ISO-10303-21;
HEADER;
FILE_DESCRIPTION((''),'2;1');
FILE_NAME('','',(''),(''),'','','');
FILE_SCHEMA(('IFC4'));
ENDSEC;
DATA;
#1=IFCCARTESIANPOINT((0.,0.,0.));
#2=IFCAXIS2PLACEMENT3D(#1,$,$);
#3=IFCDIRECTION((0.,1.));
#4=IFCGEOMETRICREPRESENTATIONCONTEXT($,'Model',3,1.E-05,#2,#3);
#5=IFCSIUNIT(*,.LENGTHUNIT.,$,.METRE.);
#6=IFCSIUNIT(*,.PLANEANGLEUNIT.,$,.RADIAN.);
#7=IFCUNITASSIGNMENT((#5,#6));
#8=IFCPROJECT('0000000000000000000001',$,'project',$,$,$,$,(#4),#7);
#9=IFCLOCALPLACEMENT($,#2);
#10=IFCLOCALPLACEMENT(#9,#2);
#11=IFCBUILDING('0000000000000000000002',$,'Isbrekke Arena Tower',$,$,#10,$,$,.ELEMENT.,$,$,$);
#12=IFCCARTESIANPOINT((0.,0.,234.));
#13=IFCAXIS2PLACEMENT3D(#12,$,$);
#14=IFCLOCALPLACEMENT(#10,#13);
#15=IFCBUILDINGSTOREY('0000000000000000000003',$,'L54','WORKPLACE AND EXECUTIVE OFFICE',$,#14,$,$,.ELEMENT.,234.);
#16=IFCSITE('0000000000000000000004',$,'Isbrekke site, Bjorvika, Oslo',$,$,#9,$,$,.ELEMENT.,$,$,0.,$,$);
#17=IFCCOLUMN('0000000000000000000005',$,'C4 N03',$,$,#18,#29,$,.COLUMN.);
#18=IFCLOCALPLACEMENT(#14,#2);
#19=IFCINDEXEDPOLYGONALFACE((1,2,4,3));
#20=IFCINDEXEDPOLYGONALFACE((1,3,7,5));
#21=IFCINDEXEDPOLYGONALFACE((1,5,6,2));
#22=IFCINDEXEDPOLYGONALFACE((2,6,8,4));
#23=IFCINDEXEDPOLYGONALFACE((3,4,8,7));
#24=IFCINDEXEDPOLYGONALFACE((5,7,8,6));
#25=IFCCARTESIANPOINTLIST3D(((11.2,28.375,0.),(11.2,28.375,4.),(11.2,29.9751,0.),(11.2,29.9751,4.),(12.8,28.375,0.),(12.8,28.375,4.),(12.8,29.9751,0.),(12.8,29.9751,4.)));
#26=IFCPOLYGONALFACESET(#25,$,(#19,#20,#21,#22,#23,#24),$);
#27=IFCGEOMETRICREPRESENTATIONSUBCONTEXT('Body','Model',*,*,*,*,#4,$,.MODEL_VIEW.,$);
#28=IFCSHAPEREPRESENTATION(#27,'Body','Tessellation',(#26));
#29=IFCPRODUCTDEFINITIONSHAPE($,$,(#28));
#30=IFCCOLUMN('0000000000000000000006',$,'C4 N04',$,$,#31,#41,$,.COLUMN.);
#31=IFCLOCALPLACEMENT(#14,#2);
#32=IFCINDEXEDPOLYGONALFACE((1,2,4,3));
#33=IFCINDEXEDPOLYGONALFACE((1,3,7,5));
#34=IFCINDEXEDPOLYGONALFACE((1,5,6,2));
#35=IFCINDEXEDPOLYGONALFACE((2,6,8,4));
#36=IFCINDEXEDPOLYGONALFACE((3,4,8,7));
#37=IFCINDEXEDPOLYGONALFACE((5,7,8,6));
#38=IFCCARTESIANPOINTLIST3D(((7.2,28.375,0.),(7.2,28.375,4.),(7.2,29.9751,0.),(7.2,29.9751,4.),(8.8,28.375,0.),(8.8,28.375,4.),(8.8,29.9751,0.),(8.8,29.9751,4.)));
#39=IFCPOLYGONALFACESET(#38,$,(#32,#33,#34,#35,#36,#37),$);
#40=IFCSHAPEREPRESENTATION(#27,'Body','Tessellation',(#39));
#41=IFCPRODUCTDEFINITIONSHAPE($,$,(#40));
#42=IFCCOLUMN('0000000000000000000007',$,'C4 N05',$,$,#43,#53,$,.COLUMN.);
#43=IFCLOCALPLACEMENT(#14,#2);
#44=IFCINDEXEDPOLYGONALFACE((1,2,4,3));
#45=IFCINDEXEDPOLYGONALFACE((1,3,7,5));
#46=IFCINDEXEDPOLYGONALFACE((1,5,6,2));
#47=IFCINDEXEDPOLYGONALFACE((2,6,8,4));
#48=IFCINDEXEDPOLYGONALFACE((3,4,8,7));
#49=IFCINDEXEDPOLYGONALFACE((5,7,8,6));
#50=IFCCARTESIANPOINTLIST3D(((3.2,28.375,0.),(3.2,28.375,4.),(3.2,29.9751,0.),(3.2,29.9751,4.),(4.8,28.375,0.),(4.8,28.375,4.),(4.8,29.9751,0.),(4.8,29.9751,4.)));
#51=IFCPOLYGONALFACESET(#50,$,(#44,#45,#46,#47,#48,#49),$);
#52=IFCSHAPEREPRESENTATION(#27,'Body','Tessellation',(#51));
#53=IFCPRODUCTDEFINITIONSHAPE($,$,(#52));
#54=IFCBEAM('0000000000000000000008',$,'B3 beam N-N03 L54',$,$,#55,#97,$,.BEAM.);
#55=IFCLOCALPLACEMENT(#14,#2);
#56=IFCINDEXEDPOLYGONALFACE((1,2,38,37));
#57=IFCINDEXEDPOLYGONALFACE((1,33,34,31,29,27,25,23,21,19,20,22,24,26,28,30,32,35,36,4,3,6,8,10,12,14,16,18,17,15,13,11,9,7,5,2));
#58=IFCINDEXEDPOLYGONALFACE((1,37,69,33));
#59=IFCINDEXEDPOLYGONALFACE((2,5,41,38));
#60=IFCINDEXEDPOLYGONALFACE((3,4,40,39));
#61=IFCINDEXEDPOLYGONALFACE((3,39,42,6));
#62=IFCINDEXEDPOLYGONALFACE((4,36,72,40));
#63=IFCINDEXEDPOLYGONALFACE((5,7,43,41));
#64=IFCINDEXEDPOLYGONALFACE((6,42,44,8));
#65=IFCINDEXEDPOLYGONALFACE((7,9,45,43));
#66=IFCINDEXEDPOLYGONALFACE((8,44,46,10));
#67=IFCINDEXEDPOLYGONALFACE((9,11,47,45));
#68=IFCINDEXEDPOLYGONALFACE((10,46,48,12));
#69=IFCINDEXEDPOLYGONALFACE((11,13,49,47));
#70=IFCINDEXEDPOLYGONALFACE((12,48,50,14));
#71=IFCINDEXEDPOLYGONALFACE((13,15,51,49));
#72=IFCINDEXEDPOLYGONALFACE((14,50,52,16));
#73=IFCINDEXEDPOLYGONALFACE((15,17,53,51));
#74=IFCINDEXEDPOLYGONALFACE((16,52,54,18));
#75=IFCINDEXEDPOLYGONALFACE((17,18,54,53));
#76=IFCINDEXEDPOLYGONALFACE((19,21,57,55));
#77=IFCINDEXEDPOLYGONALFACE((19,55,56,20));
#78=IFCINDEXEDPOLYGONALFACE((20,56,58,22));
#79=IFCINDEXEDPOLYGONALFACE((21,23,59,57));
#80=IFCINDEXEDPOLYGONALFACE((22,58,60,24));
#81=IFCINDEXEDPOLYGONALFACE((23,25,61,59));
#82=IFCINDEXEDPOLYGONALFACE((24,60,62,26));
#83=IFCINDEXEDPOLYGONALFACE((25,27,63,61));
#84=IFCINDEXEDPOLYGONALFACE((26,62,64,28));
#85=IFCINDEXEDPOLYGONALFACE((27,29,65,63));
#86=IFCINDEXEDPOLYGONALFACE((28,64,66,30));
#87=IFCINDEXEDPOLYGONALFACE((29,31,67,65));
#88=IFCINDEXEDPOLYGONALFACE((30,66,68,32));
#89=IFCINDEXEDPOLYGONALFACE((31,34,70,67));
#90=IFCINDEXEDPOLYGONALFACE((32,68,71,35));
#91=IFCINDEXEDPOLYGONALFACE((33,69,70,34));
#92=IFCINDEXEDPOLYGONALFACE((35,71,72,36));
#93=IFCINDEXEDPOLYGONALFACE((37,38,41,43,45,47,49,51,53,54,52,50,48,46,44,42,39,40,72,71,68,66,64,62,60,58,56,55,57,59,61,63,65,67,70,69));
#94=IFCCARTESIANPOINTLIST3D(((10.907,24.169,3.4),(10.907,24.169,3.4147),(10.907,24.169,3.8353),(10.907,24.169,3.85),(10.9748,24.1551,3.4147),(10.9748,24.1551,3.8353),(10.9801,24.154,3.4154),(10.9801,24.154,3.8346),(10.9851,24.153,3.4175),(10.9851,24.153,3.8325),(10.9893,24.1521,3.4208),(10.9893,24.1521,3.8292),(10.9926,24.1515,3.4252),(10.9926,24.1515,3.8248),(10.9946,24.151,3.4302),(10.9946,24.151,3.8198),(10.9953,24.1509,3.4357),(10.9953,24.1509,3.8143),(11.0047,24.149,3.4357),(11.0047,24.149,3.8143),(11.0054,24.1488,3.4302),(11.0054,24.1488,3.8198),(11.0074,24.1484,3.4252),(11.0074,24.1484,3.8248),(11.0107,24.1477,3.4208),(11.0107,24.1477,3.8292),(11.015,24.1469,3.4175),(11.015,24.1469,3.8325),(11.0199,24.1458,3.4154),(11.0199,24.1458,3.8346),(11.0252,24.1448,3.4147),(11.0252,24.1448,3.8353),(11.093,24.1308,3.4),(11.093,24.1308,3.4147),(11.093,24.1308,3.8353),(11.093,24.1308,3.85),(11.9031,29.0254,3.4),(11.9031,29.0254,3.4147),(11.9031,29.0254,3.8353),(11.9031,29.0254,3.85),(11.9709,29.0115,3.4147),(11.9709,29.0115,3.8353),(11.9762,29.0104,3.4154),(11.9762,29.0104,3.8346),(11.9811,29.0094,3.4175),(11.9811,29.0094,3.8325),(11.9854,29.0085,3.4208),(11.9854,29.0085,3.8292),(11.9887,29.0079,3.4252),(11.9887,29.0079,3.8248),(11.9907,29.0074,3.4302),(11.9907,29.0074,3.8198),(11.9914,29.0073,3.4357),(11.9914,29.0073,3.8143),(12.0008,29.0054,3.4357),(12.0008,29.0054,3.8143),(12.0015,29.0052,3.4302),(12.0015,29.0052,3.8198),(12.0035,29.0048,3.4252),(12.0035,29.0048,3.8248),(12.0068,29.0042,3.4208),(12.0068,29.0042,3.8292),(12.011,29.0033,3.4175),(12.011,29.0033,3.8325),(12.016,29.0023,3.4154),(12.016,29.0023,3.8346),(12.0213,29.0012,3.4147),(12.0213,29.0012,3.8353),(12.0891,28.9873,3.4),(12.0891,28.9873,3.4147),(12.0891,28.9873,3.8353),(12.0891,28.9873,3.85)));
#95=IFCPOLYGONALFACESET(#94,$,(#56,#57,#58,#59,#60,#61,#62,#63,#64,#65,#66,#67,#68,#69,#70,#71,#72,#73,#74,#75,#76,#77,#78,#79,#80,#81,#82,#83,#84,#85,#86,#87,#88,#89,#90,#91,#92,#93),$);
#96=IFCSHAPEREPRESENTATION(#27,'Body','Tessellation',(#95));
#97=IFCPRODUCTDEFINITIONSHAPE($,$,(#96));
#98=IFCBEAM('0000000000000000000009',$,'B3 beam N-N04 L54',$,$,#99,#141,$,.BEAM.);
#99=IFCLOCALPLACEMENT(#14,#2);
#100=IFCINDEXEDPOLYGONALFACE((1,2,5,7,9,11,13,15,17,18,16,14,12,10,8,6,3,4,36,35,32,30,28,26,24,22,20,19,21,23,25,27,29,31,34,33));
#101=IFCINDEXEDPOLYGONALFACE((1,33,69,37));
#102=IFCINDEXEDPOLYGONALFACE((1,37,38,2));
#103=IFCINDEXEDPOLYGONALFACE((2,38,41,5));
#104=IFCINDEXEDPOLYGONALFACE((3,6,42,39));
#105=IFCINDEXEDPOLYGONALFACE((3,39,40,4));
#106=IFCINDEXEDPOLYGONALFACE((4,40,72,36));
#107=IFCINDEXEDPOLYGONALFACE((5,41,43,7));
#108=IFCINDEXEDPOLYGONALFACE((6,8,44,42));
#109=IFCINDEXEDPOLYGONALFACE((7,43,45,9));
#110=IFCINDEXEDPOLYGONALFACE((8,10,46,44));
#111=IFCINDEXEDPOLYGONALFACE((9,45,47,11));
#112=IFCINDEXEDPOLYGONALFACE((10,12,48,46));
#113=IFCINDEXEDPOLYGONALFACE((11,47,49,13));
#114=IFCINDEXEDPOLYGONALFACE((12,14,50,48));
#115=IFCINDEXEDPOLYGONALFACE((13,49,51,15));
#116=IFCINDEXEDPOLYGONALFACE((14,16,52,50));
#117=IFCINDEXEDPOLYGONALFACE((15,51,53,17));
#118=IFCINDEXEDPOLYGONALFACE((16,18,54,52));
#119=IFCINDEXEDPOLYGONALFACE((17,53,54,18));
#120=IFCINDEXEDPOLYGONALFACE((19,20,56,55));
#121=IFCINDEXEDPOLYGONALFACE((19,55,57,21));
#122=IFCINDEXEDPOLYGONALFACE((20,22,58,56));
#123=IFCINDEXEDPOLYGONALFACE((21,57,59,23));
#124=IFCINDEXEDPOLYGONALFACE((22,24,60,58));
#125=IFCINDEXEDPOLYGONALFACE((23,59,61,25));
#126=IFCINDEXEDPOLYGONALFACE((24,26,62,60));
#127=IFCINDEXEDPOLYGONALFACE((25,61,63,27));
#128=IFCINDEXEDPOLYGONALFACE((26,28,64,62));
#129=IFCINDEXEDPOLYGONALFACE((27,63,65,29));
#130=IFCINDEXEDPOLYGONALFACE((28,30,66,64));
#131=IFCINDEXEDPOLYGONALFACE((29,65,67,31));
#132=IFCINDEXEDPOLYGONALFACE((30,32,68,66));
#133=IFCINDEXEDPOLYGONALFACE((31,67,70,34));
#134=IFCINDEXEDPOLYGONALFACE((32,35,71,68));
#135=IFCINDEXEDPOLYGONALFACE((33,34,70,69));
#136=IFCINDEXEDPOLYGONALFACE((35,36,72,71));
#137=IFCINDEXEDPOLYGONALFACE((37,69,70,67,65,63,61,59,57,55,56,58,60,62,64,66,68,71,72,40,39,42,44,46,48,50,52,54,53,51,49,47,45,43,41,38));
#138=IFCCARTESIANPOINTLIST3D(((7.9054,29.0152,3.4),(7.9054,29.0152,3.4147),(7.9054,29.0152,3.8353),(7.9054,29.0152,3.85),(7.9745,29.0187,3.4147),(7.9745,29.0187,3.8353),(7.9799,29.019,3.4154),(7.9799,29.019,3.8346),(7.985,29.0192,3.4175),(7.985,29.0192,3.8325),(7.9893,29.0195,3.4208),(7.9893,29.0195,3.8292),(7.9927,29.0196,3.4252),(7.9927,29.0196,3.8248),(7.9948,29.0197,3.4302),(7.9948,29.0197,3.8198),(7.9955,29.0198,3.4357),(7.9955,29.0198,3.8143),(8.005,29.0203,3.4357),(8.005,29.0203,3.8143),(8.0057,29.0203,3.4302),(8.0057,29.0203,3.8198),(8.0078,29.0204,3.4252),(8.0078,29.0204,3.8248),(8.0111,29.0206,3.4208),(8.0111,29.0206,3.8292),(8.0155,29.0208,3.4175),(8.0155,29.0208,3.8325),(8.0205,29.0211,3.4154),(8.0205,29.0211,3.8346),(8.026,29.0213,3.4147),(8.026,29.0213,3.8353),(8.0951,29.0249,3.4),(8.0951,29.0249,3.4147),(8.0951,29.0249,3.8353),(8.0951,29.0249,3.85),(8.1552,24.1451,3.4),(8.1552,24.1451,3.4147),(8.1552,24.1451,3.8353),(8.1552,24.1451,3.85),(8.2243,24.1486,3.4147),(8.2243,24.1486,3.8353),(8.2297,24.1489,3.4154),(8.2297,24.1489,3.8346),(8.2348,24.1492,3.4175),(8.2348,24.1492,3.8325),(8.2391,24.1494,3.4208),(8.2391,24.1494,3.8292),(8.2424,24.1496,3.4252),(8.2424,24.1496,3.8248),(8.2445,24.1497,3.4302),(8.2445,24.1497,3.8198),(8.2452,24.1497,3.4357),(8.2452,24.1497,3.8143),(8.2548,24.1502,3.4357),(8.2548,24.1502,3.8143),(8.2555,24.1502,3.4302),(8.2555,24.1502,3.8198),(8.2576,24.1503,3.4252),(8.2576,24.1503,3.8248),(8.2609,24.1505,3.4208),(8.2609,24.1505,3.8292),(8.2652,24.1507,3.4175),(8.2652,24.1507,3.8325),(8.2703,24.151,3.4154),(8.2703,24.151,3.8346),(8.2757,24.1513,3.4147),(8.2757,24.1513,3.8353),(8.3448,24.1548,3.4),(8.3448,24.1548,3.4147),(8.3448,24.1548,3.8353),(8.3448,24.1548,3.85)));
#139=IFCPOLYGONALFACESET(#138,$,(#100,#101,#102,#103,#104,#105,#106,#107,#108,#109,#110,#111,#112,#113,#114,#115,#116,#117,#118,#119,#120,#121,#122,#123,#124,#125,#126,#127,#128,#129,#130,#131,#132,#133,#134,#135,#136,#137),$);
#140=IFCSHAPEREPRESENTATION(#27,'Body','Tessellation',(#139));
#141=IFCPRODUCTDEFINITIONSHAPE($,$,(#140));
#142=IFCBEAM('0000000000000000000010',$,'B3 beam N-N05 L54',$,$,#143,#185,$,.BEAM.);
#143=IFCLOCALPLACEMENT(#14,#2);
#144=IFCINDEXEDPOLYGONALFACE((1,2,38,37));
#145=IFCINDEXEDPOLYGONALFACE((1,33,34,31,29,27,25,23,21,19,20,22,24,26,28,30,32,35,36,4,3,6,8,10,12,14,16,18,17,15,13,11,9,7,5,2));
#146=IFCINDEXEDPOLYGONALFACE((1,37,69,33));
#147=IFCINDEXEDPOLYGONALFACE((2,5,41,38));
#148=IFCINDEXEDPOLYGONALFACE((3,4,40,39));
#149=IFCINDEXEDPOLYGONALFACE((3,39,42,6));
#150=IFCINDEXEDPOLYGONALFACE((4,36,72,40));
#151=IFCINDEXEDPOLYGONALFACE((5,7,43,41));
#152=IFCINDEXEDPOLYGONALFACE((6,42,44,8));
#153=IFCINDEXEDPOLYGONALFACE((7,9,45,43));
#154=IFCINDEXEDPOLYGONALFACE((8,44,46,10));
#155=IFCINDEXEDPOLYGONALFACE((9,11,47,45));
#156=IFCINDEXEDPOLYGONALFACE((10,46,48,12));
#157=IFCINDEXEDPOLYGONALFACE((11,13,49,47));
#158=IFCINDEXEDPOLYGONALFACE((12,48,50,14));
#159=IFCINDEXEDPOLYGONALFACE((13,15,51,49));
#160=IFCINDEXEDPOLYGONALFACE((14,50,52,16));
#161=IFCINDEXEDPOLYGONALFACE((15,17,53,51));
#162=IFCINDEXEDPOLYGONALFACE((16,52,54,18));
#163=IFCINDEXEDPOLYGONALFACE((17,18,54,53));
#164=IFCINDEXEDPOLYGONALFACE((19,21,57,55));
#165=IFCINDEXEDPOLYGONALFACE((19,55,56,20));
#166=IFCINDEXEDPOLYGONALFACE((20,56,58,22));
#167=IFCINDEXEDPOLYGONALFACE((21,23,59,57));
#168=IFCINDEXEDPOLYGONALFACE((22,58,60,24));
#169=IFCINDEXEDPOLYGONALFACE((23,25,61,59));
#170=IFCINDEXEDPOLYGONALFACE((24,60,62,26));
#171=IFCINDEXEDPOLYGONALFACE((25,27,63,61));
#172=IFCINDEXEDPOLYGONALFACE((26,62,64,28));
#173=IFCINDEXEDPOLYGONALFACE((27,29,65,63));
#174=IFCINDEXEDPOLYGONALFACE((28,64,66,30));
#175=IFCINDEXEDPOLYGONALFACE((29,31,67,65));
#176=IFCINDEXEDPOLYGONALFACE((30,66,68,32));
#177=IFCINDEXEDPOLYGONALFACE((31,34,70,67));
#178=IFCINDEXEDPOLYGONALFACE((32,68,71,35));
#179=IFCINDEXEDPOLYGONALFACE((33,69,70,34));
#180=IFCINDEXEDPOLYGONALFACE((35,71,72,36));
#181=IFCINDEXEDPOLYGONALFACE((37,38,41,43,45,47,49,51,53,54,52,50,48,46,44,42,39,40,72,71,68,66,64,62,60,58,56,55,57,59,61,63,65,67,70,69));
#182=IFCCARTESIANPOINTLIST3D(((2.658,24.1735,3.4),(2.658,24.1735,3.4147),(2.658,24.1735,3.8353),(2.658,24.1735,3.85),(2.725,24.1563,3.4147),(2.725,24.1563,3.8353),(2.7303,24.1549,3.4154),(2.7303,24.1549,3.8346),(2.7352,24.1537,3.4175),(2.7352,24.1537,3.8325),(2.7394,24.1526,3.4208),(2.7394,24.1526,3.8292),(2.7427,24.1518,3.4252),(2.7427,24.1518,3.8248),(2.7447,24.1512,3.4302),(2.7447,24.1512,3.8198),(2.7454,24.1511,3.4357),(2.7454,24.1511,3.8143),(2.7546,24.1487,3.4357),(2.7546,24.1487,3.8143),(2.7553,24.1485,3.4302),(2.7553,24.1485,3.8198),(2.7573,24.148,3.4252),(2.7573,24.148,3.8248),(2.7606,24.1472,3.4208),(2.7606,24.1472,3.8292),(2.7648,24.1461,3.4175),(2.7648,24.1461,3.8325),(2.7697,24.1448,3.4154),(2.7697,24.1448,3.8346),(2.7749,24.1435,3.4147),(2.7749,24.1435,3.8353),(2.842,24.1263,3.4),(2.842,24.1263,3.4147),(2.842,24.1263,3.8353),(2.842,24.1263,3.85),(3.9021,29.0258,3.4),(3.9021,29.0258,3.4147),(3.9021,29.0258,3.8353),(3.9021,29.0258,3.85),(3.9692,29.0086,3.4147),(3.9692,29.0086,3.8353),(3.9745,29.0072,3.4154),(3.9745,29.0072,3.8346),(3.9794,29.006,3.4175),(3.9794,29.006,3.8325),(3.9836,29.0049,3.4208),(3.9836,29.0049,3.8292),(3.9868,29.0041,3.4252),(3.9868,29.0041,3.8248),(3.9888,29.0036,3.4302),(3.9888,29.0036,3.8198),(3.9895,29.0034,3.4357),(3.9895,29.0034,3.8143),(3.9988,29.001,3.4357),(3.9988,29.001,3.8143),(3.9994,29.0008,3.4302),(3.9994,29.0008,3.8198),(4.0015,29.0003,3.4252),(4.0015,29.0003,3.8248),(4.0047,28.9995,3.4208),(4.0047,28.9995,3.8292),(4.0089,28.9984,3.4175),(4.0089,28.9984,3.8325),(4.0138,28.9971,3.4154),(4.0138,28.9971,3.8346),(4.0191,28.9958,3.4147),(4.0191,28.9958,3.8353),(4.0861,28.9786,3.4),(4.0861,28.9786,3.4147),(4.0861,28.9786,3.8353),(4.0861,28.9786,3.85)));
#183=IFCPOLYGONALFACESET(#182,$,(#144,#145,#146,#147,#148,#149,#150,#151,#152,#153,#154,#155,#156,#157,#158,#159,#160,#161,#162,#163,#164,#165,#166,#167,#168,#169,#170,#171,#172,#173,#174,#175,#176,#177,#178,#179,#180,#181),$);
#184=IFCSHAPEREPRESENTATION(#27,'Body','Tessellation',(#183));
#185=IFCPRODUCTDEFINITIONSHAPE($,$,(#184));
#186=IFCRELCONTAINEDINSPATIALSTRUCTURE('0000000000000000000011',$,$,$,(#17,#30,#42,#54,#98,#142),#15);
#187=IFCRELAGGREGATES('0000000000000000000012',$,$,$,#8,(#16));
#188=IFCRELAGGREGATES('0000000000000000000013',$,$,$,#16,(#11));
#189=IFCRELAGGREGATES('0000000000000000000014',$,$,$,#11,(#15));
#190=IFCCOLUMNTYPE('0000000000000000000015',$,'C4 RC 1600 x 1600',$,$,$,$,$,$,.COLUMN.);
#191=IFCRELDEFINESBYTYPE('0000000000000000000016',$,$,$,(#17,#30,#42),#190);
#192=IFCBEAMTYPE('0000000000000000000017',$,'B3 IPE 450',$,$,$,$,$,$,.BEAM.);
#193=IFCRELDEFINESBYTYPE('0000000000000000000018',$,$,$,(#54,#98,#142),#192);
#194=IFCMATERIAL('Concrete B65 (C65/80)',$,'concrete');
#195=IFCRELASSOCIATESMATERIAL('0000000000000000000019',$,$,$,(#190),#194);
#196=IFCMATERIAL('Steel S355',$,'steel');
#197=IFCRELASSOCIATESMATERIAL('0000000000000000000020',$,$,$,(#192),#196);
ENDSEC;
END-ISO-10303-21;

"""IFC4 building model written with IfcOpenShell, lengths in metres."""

from ifc_helpers import new_model, si_unit, direction, frame, origin, origin_2d, place, context, subcontext, project, spatial, rectangle, i_section, extrude, material, material_profile, profile_set, type_object, element, save


model = new_model("IFC4")

# Units and contexts
model_context = context("Model", 3, precision=1e-05, world=origin(), true_north=direction((0.0, 1.0)))
body_context = subcontext(model_context, "Body", "Model", "MODEL_VIEW")
ifc_project = project(units=[si_unit("LENGTHUNIT", "METRE"), si_unit("PLANEANGLEUNIT", "RADIAN")], contexts=[model_context])

# Site, building, storey
site_placement = place(None, origin())
site = spatial("IfcSite", under=ifc_project, at=site_placement, Name="Isbrekke site, Bjorvika, Oslo", CompositionType="ELEMENT", RefElevation=0.0)
building_placement = place(site_placement, origin())
building = spatial("IfcBuilding", under=site, at=building_placement, Name="Isbrekke Arena Tower", CompositionType="ELEMENT")
storey_placement = place(building_placement, frame((0.0, 0.0, 234.0)))
storey = spatial("IfcBuildingStorey", under=building, at=storey_placement, Name="L54", Description="WORKPLACE AND EXECUTIVE OFFICE", CompositionType="ELEMENT", Elevation=234.0)

# Columns
ifc_material_1 = material(Name="Concrete B65 (C65/80)", Category="concrete")
ifc_material_profile_1 = material_profile(ifc_material_1, rectangle(XDim=1.6001, YDim=1.6001, at=origin_2d()), Name="RC 1600x1600")
ifc_profile_set_1 = profile_set([ifc_material_profile_1], Name="Concrete B65 (C65/80)")
column_type = type_object("IfcColumnType", Name="C4 RC 1600 x 1600", PredefinedType="COLUMN", material=ifc_profile_set_1)
for number, where, z_axis, x_axis, name in (
    (1, (12.0, 29.175, 0.0), (0.0, 0.0, 1.0), (-1.0, 0.0, 0.0), "C4 N03"),
    (2, (8.0, 29.175, 0.0), (0.0, 0.0, 1.0), (-1.0, 0.0, 0.0), "C4 N04"),
    (3, (4.0, 29.175, 0.0), (0.0, 0.0, 1.0), (-1.0, 0.0, 0.0), "C4 N05"),
):
    element("IfcColumn", number, at=place(storey_placement, frame(where, z_axis=z_axis, x_axis=x_axis)), inside=storey, type_object=column_type, Name=name, PredefinedType="COLUMN", context=body_context, shape_type="SweptSolid", body=[
        extrude(rectangle(XDim=1.6001, YDim=1.6001, at=origin_2d()), origin(), (0.0, 0.0, 1.0), 4.0),
    ])

# Beams
ifc_material_2 = material(Name="Steel S355", Category="steel")
ifc_material_profile_2 = material_profile(ifc_material_2, i_section(OverallWidth=0.1899, OverallDepth=0.45, WebThickness=0.0095, FlangeThickness=0.0146, FilletRadius=0.021, at=origin_2d()), Name="IPE 450")
ifc_profile_set_2 = profile_set([ifc_material_profile_2], Name="Steel S355")
beam_type_1 = type_object("IfcBeamType", Name="B3 IPE 450", PredefinedType="BEAM", material=ifc_profile_set_2)
beam_1_placement = place(storey_placement, frame((11.9961, 29.0063, 3.625), z_axis=(-0.200925, -0.979607, 0.0), x_axis=(0.979607, -0.200925, 0.0)))
element("IfcBeam", 4, at=beam_1_placement, inside=storey, type_object=beam_type_1, Name="B3 beam N-N03 L54", PredefinedType="BEAM", context=body_context, shape_type="SweptSolid", body=[
    extrude(i_section(OverallWidth=0.1899, OverallDepth=0.45, WebThickness=0.0095, FlangeThickness=0.0146, FilletRadius=0.021, at=origin_2d()), origin(), (0.0, 0.0, 1.0), 4.9575),
])
beam_2_placement = place(storey_placement, frame((8.0002, 29.02, 3.625), z_axis=(0.051216, -0.998688, 0.0), x_axis=(0.998688, 0.051216, 0.0)))
element("IfcBeam", 5, at=beam_2_placement, inside=storey, type_object=beam_type_1, Name="B3 beam N-N04 L54", PredefinedType="BEAM", context=body_context, shape_type="SweptSolid", body=[
    extrude(i_section(OverallWidth=0.1899, OverallDepth=0.45, WebThickness=0.0095, FlangeThickness=0.0146, FilletRadius=0.021, at=origin_2d()), origin(), (0.0, 0.0, 1.0), 4.8765),
])
beam_3_placement = place(storey_placement, frame((3.9941, 29.0022, 3.625), z_axis=(-0.248368, -0.968666, 0.0), x_axis=(0.968666, -0.248368, 0.0)))
element("IfcBeam", 6, at=beam_3_placement, inside=storey, type_object=beam_type_1, Name="B3 beam N-N05 L54", PredefinedType="BEAM", context=body_context, shape_type="SweptSolid", body=[
    extrude(i_section(OverallWidth=0.1899, OverallDepth=0.45, WebThickness=0.0095, FlangeThickness=0.0146, FilletRadius=0.021, at=origin_2d()), origin(), (0.0, 0.0, 1.0), 5.0093),
])

save(model, "model.ifc")
